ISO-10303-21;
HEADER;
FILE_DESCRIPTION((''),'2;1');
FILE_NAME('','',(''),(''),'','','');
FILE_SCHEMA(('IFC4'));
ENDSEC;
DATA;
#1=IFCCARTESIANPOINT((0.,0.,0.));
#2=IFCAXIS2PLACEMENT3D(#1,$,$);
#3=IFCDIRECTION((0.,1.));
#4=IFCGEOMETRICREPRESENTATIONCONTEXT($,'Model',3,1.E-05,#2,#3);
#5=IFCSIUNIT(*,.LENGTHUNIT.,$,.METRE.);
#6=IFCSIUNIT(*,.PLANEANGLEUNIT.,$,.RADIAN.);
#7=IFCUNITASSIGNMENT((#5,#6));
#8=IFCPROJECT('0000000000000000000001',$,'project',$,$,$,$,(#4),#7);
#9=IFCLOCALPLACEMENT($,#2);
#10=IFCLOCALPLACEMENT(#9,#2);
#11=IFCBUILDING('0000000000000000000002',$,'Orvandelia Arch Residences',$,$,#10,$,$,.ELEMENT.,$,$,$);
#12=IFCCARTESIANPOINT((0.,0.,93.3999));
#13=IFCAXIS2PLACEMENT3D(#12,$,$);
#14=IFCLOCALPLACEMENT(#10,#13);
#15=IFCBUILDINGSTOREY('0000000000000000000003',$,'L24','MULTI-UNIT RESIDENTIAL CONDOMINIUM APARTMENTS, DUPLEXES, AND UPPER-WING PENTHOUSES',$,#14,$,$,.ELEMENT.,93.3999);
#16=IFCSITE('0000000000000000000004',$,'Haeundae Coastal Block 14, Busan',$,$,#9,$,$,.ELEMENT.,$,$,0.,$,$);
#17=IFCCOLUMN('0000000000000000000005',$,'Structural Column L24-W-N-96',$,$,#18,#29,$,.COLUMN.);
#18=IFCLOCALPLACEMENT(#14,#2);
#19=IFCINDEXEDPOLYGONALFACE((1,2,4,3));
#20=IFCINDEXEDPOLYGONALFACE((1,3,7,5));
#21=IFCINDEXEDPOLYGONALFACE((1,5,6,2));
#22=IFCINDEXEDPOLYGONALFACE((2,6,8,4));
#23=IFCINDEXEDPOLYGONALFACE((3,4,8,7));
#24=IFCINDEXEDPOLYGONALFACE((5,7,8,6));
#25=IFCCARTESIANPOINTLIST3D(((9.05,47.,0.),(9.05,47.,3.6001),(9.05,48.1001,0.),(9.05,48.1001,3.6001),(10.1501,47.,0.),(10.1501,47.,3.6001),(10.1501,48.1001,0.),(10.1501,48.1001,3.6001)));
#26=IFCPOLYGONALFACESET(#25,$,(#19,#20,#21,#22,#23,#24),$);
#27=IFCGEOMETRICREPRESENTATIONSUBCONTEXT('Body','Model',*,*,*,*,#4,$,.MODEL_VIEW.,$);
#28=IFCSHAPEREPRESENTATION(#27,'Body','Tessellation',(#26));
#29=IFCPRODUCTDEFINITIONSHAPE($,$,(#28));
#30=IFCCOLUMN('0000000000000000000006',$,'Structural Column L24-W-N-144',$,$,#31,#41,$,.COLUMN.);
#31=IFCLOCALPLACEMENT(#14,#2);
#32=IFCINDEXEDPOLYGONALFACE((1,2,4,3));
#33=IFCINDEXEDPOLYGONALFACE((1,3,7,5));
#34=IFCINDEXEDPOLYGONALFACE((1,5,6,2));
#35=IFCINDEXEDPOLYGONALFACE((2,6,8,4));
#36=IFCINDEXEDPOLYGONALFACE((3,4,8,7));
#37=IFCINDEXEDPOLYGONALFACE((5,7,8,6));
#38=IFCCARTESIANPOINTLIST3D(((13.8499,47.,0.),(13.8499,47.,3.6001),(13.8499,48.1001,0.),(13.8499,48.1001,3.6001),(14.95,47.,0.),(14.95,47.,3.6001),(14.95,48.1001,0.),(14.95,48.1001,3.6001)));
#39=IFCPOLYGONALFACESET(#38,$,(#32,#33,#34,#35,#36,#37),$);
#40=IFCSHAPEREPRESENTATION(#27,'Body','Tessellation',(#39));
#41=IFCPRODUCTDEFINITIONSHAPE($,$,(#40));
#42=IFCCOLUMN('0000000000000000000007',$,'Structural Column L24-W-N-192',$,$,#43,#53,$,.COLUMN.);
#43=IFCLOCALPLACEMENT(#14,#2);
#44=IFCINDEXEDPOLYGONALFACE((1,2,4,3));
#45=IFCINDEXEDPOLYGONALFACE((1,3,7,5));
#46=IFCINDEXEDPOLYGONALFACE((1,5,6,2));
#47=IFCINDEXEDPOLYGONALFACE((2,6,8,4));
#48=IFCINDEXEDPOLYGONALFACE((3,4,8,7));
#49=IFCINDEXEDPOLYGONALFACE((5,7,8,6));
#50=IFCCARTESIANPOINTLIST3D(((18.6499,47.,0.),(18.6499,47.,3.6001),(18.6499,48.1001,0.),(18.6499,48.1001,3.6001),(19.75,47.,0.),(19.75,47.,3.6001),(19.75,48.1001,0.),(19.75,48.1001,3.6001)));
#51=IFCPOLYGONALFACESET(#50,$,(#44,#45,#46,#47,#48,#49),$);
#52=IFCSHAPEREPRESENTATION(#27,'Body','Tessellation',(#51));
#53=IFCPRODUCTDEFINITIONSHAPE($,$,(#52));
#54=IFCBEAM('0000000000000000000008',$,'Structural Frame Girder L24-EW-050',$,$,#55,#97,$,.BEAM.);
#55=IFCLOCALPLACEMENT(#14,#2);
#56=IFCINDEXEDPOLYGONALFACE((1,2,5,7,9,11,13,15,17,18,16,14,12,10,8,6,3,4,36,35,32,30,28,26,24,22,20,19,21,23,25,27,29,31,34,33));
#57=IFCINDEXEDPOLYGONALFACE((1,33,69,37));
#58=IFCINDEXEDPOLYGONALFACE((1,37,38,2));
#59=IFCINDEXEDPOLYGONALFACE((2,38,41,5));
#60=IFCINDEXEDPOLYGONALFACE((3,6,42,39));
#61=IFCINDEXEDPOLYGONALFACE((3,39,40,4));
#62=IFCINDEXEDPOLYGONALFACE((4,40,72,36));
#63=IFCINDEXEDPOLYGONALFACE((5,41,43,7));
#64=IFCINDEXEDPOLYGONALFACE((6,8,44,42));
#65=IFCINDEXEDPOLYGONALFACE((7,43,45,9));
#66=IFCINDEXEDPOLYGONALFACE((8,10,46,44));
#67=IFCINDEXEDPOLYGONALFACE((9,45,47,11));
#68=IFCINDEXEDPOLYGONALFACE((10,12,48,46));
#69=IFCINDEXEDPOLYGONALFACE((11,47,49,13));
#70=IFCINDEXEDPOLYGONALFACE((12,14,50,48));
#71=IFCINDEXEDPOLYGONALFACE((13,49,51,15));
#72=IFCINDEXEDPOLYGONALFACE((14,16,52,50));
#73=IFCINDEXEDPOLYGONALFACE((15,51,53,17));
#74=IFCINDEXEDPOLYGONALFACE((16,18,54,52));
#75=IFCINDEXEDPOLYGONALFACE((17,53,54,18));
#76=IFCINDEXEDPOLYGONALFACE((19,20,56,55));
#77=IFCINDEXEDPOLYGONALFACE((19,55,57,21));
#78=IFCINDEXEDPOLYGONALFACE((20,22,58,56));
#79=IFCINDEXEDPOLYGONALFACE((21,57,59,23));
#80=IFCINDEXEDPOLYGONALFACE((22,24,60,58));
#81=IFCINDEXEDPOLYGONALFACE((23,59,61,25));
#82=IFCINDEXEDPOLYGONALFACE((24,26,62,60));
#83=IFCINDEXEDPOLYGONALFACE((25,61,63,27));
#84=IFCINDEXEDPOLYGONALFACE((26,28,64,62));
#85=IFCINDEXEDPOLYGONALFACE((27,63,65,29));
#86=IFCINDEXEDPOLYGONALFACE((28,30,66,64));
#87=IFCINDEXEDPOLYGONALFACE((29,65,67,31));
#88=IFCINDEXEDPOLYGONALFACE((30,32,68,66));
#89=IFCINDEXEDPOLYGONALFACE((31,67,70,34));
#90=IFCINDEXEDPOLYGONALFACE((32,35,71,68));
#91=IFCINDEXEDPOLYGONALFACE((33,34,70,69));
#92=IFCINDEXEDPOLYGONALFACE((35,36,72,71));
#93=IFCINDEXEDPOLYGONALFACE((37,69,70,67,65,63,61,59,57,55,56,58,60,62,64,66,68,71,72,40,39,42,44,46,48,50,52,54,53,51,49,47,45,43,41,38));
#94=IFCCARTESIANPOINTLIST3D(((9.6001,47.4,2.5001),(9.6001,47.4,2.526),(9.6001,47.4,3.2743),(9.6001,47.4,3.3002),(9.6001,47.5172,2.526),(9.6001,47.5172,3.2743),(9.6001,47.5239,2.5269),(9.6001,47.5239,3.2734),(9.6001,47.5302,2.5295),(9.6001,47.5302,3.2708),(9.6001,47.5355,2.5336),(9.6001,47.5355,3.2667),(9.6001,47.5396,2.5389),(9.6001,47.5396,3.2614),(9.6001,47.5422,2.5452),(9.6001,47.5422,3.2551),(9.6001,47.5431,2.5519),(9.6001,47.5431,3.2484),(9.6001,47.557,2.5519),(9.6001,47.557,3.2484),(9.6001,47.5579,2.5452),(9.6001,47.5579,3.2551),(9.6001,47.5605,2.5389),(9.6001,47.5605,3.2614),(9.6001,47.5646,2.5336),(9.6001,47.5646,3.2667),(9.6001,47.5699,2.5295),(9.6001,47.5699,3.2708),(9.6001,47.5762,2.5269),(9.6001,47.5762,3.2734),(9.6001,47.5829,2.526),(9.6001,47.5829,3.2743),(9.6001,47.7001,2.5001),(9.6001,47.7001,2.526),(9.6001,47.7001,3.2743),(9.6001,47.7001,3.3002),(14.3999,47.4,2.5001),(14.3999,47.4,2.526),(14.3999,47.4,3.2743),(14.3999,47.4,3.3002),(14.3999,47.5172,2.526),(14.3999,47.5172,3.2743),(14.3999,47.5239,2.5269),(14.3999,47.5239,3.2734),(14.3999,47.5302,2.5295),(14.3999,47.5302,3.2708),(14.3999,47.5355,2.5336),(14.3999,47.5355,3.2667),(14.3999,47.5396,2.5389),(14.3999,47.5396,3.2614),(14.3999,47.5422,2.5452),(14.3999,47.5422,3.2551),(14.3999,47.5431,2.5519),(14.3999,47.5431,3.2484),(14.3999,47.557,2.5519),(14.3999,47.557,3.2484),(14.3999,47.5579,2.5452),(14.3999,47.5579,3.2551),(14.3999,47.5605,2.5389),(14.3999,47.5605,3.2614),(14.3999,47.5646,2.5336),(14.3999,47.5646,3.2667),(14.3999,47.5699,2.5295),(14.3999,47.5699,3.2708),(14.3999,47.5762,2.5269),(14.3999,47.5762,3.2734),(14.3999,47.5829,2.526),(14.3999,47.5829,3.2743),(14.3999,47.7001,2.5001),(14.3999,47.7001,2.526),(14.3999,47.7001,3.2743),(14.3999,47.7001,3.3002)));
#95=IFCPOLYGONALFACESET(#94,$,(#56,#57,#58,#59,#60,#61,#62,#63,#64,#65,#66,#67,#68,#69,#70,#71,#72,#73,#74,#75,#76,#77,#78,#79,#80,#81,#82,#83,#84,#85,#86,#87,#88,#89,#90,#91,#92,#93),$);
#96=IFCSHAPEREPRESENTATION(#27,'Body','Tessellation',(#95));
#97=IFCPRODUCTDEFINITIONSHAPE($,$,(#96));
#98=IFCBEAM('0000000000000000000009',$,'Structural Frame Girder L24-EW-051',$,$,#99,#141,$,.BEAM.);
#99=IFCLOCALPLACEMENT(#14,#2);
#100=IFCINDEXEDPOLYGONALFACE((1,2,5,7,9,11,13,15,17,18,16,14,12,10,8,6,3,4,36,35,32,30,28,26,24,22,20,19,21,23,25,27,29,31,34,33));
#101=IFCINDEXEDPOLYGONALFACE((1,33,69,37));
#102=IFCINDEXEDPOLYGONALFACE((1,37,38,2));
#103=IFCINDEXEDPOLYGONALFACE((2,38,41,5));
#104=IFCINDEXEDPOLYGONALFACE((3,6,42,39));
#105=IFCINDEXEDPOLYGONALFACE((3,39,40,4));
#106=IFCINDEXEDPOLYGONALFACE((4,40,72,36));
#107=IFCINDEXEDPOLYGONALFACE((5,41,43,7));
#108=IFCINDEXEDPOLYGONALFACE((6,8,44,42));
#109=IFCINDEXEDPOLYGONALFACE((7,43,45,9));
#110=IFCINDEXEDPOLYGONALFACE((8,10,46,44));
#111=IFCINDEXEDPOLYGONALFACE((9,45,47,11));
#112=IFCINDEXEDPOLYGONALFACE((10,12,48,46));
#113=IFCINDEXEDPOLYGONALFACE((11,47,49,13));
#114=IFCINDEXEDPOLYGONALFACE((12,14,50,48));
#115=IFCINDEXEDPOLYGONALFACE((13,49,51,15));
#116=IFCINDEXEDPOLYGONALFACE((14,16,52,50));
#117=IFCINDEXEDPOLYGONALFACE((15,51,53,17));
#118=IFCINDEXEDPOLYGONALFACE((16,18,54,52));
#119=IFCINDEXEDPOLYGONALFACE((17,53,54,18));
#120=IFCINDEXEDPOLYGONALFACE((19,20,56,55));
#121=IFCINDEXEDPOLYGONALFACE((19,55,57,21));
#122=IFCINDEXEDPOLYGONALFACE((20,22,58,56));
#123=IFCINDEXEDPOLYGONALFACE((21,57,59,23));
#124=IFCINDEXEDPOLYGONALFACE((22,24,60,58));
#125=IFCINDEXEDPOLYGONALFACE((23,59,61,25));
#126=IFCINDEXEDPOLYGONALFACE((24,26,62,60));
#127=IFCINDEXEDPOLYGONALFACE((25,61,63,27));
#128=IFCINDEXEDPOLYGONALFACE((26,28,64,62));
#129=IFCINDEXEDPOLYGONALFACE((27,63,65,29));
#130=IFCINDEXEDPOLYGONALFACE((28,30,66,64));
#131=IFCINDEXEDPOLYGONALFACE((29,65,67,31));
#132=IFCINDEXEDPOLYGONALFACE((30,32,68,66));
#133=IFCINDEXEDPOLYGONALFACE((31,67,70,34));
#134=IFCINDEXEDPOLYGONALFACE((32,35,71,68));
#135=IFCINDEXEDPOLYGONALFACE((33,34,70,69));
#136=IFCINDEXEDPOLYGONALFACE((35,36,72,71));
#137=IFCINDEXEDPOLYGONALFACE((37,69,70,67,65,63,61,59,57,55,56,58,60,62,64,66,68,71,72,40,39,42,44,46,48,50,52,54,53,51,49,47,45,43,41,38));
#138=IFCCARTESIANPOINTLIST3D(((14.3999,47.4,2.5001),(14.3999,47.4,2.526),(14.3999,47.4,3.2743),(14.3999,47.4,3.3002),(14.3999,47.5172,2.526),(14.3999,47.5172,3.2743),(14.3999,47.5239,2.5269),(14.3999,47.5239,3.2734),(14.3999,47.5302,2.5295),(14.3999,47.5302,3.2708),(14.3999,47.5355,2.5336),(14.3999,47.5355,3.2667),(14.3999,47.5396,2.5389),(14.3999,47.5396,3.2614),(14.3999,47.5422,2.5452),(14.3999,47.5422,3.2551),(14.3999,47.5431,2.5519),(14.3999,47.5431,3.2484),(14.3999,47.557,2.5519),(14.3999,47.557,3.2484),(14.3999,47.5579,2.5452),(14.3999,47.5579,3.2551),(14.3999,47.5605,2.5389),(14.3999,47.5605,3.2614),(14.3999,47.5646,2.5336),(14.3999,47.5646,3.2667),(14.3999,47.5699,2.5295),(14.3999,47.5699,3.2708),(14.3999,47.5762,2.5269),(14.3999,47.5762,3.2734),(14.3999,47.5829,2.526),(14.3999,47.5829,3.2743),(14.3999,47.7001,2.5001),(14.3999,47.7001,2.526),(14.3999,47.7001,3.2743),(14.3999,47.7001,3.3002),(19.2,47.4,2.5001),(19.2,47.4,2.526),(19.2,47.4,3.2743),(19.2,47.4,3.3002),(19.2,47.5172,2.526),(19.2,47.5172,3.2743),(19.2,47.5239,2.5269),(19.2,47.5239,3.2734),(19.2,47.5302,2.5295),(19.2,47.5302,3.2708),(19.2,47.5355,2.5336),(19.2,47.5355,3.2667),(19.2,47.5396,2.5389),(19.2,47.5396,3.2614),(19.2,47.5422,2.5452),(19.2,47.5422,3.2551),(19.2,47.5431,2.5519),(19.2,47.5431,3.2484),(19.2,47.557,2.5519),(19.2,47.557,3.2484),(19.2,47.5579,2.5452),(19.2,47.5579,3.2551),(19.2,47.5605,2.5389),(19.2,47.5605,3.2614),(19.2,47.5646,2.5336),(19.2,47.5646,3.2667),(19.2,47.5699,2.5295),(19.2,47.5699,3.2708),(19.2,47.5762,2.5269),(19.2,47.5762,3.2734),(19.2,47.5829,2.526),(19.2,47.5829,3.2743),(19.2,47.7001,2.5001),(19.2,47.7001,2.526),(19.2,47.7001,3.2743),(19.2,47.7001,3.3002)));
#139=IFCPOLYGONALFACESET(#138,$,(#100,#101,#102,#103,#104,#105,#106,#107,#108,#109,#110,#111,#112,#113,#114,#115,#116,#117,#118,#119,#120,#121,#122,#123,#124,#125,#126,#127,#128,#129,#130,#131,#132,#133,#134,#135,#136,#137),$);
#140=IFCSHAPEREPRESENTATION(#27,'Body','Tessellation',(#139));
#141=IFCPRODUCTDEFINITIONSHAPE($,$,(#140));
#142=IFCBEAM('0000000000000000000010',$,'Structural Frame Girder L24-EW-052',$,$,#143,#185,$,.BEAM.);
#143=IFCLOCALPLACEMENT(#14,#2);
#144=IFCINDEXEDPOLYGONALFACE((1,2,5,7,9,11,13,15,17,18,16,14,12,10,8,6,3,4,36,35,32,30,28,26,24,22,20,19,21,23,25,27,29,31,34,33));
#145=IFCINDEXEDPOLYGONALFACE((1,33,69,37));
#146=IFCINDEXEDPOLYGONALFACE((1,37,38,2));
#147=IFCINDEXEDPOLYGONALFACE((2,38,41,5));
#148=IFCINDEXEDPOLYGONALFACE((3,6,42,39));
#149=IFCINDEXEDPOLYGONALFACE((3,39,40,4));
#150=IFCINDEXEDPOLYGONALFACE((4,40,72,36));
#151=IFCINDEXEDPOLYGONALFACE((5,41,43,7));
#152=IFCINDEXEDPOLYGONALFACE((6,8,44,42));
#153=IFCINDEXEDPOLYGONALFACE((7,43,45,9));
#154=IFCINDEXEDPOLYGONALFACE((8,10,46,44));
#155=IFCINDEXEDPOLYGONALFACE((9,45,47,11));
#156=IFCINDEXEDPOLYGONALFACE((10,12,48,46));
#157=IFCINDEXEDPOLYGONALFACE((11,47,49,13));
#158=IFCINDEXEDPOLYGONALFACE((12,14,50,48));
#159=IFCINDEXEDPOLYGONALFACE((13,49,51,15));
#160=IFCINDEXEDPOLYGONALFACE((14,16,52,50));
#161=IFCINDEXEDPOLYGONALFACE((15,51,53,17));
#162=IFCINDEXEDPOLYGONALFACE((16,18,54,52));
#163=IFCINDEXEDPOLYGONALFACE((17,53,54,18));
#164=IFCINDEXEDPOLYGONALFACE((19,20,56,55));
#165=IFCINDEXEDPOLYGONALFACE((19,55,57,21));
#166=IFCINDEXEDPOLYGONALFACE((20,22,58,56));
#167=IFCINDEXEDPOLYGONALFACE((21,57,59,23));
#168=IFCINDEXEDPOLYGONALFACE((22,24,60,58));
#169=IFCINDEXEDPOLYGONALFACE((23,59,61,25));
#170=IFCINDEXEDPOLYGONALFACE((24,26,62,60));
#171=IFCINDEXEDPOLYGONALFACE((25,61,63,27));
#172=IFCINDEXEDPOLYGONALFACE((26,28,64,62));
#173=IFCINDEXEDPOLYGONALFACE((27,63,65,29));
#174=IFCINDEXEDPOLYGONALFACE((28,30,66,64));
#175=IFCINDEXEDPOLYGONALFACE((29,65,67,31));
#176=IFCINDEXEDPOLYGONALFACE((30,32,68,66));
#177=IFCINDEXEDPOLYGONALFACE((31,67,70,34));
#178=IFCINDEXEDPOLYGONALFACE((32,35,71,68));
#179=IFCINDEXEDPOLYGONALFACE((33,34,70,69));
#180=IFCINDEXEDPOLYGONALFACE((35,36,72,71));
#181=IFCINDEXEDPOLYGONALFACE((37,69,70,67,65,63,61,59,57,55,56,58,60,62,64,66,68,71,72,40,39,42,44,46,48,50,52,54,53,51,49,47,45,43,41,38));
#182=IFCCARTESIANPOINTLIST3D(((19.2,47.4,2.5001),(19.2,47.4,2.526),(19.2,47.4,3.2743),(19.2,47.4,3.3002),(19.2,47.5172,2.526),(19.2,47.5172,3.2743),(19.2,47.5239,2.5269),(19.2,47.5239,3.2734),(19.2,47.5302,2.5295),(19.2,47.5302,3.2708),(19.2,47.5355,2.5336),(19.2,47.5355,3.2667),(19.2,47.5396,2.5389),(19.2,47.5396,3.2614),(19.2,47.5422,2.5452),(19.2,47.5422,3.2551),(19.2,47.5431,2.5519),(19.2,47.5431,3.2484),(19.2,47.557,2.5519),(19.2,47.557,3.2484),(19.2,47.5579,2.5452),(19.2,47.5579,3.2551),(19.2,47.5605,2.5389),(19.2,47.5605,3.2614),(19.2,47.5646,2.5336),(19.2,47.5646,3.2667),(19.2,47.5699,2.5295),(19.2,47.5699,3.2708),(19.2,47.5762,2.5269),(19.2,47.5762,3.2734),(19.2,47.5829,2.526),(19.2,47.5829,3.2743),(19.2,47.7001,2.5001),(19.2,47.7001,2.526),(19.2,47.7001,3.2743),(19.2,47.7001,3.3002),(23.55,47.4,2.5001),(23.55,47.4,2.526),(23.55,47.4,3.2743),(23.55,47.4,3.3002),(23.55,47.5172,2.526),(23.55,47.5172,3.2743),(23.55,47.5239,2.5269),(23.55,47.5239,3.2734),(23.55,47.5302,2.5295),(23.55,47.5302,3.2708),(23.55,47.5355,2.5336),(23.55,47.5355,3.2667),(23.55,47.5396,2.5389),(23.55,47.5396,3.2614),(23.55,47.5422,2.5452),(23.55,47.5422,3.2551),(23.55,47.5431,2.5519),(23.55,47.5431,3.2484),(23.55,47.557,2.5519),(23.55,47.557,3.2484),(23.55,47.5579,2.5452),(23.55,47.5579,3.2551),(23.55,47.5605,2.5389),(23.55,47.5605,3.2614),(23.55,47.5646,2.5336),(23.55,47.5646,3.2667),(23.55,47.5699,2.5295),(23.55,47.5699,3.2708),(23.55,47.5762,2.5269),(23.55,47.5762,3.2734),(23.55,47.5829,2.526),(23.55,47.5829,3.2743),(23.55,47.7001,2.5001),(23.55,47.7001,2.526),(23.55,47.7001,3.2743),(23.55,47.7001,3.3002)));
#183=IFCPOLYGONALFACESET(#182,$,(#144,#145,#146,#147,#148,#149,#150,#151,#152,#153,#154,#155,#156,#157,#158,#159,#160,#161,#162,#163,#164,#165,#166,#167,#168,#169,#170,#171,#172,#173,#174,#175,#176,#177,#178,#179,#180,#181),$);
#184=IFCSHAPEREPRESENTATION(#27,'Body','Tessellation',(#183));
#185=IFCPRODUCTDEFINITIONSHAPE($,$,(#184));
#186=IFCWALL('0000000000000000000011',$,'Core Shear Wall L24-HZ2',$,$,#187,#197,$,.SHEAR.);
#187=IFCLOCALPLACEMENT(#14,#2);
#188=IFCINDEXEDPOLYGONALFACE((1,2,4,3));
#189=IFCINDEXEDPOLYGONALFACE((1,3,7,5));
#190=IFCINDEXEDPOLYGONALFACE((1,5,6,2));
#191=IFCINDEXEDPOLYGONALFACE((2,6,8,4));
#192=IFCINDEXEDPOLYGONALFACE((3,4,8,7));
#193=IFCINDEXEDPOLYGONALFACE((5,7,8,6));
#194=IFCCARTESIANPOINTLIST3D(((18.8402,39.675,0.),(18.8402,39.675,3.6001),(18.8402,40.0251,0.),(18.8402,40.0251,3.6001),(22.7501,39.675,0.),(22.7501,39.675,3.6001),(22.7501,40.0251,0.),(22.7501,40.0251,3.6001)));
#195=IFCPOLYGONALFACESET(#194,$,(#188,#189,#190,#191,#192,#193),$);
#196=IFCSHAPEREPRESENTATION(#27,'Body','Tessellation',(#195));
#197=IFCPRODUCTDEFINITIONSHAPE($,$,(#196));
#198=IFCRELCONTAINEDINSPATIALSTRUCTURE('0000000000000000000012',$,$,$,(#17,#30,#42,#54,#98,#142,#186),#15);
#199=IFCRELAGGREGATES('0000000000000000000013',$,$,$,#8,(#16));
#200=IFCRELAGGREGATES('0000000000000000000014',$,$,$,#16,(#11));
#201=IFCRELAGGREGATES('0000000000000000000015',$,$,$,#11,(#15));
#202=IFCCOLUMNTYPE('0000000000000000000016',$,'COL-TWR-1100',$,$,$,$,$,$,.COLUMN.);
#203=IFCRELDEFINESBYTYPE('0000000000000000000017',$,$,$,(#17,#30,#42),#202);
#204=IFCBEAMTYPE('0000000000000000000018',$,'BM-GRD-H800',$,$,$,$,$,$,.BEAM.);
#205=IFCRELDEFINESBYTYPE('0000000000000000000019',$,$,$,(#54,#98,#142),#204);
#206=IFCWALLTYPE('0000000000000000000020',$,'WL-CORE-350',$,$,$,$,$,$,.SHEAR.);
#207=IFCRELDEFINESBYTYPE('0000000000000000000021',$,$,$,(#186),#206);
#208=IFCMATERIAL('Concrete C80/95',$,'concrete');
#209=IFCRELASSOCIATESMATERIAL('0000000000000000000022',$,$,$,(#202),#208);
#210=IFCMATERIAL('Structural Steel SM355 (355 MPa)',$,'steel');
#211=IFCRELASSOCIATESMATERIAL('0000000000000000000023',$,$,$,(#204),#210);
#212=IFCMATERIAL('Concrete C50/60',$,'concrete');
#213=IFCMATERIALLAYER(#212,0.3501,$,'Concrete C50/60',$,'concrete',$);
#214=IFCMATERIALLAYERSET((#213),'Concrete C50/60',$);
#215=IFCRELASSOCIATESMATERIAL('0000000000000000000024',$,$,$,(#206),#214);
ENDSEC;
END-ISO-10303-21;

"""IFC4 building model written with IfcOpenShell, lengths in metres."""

from ifc_helpers import new_model, si_unit, direction, frame, frame_2d, origin, origin_2d, place, context, subcontext, project, spatial, rectangle, i_section, extrude, material, layer, layer_set, material_profile, profile_set, type_object, element, save


model = new_model("IFC4")

# Units and contexts
model_context = context("Model", 3, precision=1e-05, world=origin(), true_north=direction((0.0, 1.0)))
body_context = subcontext(model_context, "Body", "Model", "MODEL_VIEW")
ifc_project = project(units=[si_unit("LENGTHUNIT", "METRE"), si_unit("PLANEANGLEUNIT", "RADIAN")], contexts=[model_context])

# Site, building, storey
site_placement = place(None, origin())
site = spatial("IfcSite", under=ifc_project, at=site_placement, Name="Haeundae Coastal Block 14, Busan", CompositionType="ELEMENT", RefElevation=0.0)
building_placement = place(site_placement, origin())
building = spatial("IfcBuilding", under=site, at=building_placement, Name="Orvandelia Arch Residences", CompositionType="ELEMENT")
storey_placement = place(building_placement, frame((0.0, 0.0, 93.3999)))
storey = spatial("IfcBuildingStorey", under=building, at=storey_placement, Name="L24", Description="MULTI-UNIT RESIDENTIAL CONDOMINIUM APARTMENTS, DUPLEXES, AND UPPER-WING PENTHOUSES", CompositionType="ELEMENT", Elevation=93.3999)

# Columns
ifc_material_1 = material(Name="Concrete C80/95", Category="concrete")
ifc_material_profile_1 = material_profile(ifc_material_1, rectangle(XDim=1.1001, YDim=1.1001, at=origin_2d()), Name="Concrete C80/95", Category="concrete")
ifc_profile_set_1 = profile_set([ifc_material_profile_1], Name="Concrete C80/95")
column_type = type_object("IfcColumnType", Name="COL-TWR-1100", PredefinedType="COLUMN", material=ifc_profile_set_1)
for number, where, z_axis, x_axis, name in (
    (1, (9.6001, 47.55, 0.0), (0.0, 0.0, 1.0), (1.0, 0.0, 0.0), "Structural Column L24-W-N-96"),
    (2, (14.3999, 47.55, 0.0), (0.0, 0.0, 1.0), (1.0, 0.0, 0.0), "Structural Column L24-W-N-144"),
    (3, (19.2, 47.55, 0.0), (0.0, 0.0, 1.0), (1.0, 0.0, 0.0), "Structural Column L24-W-N-192"),
):
    element("IfcColumn", number, at=place(storey_placement, frame(where, z_axis=z_axis, x_axis=x_axis)), inside=storey, type_object=column_type, Name=name, PredefinedType="COLUMN", context=body_context, shape_type="SweptSolid", body=[
        extrude(rectangle(XDim=1.1001, YDim=1.1001, at=origin_2d()), origin(), (0.0, 0.0, 1.0), 3.6001),
    ])

# Beams
ifc_material_2 = material(Name="Structural Steel SM355 (355 MPa)", Category="steel")
ifc_material_profile_2 = material_profile(ifc_material_2, i_section(OverallWidth=0.3, OverallDepth=0.8, WebThickness=0.0139, FlangeThickness=0.0259, FilletRadius=0.0259, at=origin_2d()), Name="Structural Steel SM355 (355 MPa)", Category="steel")
ifc_profile_set_2 = profile_set([ifc_material_profile_2], Name="Structural Steel SM355 (355 MPa)")
beam_type = type_object("IfcBeamType", Name="BM-GRD-H800", PredefinedType="BEAM", material=ifc_profile_set_2)
beam_1_placement = place(storey_placement, frame((9.6001, 47.55, 2.9001), z_axis=(1.0, 0.0, 0.0), x_axis=(0.0, 1.0, 0.0)))
element("IfcBeam", 4, at=beam_1_placement, inside=storey, type_object=beam_type, Name="Structural Frame Girder L24-EW-050", PredefinedType="BEAM", context=body_context, shape_type="SweptSolid", body=[
    extrude(i_section(OverallWidth=0.3, OverallDepth=0.8, WebThickness=0.0139, FlangeThickness=0.0259, FilletRadius=0.0259, at=origin_2d()), origin(), (0.0, 0.0, 1.0), 4.7998),
])
beam_2_placement = place(storey_placement, frame((14.3999, 47.55, 2.9001), z_axis=(1.0, 0.0, 0.0), x_axis=(0.0, 1.0, 0.0)))
element("IfcBeam", 5, at=beam_2_placement, inside=storey, type_object=beam_type, Name="Structural Frame Girder L24-EW-051", PredefinedType="BEAM", context=body_context, shape_type="SweptSolid", body=[
    extrude(i_section(OverallWidth=0.3, OverallDepth=0.8, WebThickness=0.0139, FlangeThickness=0.0259, FilletRadius=0.0259, at=origin_2d()), origin(), (0.0, 0.0, 1.0), 4.8),
])
beam_3_placement = place(storey_placement, frame((19.2, 47.55, 2.9001), z_axis=(1.0, 0.0, 0.0), x_axis=(0.0, 1.0, 0.0)))
element("IfcBeam", 6, at=beam_3_placement, inside=storey, type_object=beam_type, Name="Structural Frame Girder L24-EW-052", PredefinedType="BEAM", context=body_context, shape_type="SweptSolid", body=[
    extrude(i_section(OverallWidth=0.3, OverallDepth=0.8, WebThickness=0.0139, FlangeThickness=0.0259, FilletRadius=0.0259, at=origin_2d()), origin(), (0.0, 0.0, 1.0), 4.3501),
])

# Wall
ifc_material_3 = material(Name="Concrete C50/60", Category="concrete")
ifc_layer_1 = layer(ifc_material_3, 0.3501, Name="Concrete C50/60", Category="concrete")
ifc_layer_set_1 = layer_set([ifc_layer_1], Name="Concrete C50/60")
wall_type_1 = type_object("IfcWallType", Name="WL-CORE-350", PredefinedType="SHEAR", material=ifc_layer_set_1)
wall_1_placement = place(storey_placement, frame((18.8401, 39.8501, 0.0), z_axis=(0.0, 0.0, 1.0), x_axis=(1.0, 0.0, 0.0)))
element("IfcWall", 7, at=wall_1_placement, inside=storey, type_object=wall_type_1, Name="Core Shear Wall L24-HZ2", PredefinedType="SHEAR", context=body_context, shape_type="SweptSolid", body=[
    extrude(rectangle(XDim=3.9099, YDim=0.3501, at=frame_2d((1.9551, 0.0))), origin(), (0.0, 0.0, 1.0), 3.6001),
])

save(model, "model.ifc")
